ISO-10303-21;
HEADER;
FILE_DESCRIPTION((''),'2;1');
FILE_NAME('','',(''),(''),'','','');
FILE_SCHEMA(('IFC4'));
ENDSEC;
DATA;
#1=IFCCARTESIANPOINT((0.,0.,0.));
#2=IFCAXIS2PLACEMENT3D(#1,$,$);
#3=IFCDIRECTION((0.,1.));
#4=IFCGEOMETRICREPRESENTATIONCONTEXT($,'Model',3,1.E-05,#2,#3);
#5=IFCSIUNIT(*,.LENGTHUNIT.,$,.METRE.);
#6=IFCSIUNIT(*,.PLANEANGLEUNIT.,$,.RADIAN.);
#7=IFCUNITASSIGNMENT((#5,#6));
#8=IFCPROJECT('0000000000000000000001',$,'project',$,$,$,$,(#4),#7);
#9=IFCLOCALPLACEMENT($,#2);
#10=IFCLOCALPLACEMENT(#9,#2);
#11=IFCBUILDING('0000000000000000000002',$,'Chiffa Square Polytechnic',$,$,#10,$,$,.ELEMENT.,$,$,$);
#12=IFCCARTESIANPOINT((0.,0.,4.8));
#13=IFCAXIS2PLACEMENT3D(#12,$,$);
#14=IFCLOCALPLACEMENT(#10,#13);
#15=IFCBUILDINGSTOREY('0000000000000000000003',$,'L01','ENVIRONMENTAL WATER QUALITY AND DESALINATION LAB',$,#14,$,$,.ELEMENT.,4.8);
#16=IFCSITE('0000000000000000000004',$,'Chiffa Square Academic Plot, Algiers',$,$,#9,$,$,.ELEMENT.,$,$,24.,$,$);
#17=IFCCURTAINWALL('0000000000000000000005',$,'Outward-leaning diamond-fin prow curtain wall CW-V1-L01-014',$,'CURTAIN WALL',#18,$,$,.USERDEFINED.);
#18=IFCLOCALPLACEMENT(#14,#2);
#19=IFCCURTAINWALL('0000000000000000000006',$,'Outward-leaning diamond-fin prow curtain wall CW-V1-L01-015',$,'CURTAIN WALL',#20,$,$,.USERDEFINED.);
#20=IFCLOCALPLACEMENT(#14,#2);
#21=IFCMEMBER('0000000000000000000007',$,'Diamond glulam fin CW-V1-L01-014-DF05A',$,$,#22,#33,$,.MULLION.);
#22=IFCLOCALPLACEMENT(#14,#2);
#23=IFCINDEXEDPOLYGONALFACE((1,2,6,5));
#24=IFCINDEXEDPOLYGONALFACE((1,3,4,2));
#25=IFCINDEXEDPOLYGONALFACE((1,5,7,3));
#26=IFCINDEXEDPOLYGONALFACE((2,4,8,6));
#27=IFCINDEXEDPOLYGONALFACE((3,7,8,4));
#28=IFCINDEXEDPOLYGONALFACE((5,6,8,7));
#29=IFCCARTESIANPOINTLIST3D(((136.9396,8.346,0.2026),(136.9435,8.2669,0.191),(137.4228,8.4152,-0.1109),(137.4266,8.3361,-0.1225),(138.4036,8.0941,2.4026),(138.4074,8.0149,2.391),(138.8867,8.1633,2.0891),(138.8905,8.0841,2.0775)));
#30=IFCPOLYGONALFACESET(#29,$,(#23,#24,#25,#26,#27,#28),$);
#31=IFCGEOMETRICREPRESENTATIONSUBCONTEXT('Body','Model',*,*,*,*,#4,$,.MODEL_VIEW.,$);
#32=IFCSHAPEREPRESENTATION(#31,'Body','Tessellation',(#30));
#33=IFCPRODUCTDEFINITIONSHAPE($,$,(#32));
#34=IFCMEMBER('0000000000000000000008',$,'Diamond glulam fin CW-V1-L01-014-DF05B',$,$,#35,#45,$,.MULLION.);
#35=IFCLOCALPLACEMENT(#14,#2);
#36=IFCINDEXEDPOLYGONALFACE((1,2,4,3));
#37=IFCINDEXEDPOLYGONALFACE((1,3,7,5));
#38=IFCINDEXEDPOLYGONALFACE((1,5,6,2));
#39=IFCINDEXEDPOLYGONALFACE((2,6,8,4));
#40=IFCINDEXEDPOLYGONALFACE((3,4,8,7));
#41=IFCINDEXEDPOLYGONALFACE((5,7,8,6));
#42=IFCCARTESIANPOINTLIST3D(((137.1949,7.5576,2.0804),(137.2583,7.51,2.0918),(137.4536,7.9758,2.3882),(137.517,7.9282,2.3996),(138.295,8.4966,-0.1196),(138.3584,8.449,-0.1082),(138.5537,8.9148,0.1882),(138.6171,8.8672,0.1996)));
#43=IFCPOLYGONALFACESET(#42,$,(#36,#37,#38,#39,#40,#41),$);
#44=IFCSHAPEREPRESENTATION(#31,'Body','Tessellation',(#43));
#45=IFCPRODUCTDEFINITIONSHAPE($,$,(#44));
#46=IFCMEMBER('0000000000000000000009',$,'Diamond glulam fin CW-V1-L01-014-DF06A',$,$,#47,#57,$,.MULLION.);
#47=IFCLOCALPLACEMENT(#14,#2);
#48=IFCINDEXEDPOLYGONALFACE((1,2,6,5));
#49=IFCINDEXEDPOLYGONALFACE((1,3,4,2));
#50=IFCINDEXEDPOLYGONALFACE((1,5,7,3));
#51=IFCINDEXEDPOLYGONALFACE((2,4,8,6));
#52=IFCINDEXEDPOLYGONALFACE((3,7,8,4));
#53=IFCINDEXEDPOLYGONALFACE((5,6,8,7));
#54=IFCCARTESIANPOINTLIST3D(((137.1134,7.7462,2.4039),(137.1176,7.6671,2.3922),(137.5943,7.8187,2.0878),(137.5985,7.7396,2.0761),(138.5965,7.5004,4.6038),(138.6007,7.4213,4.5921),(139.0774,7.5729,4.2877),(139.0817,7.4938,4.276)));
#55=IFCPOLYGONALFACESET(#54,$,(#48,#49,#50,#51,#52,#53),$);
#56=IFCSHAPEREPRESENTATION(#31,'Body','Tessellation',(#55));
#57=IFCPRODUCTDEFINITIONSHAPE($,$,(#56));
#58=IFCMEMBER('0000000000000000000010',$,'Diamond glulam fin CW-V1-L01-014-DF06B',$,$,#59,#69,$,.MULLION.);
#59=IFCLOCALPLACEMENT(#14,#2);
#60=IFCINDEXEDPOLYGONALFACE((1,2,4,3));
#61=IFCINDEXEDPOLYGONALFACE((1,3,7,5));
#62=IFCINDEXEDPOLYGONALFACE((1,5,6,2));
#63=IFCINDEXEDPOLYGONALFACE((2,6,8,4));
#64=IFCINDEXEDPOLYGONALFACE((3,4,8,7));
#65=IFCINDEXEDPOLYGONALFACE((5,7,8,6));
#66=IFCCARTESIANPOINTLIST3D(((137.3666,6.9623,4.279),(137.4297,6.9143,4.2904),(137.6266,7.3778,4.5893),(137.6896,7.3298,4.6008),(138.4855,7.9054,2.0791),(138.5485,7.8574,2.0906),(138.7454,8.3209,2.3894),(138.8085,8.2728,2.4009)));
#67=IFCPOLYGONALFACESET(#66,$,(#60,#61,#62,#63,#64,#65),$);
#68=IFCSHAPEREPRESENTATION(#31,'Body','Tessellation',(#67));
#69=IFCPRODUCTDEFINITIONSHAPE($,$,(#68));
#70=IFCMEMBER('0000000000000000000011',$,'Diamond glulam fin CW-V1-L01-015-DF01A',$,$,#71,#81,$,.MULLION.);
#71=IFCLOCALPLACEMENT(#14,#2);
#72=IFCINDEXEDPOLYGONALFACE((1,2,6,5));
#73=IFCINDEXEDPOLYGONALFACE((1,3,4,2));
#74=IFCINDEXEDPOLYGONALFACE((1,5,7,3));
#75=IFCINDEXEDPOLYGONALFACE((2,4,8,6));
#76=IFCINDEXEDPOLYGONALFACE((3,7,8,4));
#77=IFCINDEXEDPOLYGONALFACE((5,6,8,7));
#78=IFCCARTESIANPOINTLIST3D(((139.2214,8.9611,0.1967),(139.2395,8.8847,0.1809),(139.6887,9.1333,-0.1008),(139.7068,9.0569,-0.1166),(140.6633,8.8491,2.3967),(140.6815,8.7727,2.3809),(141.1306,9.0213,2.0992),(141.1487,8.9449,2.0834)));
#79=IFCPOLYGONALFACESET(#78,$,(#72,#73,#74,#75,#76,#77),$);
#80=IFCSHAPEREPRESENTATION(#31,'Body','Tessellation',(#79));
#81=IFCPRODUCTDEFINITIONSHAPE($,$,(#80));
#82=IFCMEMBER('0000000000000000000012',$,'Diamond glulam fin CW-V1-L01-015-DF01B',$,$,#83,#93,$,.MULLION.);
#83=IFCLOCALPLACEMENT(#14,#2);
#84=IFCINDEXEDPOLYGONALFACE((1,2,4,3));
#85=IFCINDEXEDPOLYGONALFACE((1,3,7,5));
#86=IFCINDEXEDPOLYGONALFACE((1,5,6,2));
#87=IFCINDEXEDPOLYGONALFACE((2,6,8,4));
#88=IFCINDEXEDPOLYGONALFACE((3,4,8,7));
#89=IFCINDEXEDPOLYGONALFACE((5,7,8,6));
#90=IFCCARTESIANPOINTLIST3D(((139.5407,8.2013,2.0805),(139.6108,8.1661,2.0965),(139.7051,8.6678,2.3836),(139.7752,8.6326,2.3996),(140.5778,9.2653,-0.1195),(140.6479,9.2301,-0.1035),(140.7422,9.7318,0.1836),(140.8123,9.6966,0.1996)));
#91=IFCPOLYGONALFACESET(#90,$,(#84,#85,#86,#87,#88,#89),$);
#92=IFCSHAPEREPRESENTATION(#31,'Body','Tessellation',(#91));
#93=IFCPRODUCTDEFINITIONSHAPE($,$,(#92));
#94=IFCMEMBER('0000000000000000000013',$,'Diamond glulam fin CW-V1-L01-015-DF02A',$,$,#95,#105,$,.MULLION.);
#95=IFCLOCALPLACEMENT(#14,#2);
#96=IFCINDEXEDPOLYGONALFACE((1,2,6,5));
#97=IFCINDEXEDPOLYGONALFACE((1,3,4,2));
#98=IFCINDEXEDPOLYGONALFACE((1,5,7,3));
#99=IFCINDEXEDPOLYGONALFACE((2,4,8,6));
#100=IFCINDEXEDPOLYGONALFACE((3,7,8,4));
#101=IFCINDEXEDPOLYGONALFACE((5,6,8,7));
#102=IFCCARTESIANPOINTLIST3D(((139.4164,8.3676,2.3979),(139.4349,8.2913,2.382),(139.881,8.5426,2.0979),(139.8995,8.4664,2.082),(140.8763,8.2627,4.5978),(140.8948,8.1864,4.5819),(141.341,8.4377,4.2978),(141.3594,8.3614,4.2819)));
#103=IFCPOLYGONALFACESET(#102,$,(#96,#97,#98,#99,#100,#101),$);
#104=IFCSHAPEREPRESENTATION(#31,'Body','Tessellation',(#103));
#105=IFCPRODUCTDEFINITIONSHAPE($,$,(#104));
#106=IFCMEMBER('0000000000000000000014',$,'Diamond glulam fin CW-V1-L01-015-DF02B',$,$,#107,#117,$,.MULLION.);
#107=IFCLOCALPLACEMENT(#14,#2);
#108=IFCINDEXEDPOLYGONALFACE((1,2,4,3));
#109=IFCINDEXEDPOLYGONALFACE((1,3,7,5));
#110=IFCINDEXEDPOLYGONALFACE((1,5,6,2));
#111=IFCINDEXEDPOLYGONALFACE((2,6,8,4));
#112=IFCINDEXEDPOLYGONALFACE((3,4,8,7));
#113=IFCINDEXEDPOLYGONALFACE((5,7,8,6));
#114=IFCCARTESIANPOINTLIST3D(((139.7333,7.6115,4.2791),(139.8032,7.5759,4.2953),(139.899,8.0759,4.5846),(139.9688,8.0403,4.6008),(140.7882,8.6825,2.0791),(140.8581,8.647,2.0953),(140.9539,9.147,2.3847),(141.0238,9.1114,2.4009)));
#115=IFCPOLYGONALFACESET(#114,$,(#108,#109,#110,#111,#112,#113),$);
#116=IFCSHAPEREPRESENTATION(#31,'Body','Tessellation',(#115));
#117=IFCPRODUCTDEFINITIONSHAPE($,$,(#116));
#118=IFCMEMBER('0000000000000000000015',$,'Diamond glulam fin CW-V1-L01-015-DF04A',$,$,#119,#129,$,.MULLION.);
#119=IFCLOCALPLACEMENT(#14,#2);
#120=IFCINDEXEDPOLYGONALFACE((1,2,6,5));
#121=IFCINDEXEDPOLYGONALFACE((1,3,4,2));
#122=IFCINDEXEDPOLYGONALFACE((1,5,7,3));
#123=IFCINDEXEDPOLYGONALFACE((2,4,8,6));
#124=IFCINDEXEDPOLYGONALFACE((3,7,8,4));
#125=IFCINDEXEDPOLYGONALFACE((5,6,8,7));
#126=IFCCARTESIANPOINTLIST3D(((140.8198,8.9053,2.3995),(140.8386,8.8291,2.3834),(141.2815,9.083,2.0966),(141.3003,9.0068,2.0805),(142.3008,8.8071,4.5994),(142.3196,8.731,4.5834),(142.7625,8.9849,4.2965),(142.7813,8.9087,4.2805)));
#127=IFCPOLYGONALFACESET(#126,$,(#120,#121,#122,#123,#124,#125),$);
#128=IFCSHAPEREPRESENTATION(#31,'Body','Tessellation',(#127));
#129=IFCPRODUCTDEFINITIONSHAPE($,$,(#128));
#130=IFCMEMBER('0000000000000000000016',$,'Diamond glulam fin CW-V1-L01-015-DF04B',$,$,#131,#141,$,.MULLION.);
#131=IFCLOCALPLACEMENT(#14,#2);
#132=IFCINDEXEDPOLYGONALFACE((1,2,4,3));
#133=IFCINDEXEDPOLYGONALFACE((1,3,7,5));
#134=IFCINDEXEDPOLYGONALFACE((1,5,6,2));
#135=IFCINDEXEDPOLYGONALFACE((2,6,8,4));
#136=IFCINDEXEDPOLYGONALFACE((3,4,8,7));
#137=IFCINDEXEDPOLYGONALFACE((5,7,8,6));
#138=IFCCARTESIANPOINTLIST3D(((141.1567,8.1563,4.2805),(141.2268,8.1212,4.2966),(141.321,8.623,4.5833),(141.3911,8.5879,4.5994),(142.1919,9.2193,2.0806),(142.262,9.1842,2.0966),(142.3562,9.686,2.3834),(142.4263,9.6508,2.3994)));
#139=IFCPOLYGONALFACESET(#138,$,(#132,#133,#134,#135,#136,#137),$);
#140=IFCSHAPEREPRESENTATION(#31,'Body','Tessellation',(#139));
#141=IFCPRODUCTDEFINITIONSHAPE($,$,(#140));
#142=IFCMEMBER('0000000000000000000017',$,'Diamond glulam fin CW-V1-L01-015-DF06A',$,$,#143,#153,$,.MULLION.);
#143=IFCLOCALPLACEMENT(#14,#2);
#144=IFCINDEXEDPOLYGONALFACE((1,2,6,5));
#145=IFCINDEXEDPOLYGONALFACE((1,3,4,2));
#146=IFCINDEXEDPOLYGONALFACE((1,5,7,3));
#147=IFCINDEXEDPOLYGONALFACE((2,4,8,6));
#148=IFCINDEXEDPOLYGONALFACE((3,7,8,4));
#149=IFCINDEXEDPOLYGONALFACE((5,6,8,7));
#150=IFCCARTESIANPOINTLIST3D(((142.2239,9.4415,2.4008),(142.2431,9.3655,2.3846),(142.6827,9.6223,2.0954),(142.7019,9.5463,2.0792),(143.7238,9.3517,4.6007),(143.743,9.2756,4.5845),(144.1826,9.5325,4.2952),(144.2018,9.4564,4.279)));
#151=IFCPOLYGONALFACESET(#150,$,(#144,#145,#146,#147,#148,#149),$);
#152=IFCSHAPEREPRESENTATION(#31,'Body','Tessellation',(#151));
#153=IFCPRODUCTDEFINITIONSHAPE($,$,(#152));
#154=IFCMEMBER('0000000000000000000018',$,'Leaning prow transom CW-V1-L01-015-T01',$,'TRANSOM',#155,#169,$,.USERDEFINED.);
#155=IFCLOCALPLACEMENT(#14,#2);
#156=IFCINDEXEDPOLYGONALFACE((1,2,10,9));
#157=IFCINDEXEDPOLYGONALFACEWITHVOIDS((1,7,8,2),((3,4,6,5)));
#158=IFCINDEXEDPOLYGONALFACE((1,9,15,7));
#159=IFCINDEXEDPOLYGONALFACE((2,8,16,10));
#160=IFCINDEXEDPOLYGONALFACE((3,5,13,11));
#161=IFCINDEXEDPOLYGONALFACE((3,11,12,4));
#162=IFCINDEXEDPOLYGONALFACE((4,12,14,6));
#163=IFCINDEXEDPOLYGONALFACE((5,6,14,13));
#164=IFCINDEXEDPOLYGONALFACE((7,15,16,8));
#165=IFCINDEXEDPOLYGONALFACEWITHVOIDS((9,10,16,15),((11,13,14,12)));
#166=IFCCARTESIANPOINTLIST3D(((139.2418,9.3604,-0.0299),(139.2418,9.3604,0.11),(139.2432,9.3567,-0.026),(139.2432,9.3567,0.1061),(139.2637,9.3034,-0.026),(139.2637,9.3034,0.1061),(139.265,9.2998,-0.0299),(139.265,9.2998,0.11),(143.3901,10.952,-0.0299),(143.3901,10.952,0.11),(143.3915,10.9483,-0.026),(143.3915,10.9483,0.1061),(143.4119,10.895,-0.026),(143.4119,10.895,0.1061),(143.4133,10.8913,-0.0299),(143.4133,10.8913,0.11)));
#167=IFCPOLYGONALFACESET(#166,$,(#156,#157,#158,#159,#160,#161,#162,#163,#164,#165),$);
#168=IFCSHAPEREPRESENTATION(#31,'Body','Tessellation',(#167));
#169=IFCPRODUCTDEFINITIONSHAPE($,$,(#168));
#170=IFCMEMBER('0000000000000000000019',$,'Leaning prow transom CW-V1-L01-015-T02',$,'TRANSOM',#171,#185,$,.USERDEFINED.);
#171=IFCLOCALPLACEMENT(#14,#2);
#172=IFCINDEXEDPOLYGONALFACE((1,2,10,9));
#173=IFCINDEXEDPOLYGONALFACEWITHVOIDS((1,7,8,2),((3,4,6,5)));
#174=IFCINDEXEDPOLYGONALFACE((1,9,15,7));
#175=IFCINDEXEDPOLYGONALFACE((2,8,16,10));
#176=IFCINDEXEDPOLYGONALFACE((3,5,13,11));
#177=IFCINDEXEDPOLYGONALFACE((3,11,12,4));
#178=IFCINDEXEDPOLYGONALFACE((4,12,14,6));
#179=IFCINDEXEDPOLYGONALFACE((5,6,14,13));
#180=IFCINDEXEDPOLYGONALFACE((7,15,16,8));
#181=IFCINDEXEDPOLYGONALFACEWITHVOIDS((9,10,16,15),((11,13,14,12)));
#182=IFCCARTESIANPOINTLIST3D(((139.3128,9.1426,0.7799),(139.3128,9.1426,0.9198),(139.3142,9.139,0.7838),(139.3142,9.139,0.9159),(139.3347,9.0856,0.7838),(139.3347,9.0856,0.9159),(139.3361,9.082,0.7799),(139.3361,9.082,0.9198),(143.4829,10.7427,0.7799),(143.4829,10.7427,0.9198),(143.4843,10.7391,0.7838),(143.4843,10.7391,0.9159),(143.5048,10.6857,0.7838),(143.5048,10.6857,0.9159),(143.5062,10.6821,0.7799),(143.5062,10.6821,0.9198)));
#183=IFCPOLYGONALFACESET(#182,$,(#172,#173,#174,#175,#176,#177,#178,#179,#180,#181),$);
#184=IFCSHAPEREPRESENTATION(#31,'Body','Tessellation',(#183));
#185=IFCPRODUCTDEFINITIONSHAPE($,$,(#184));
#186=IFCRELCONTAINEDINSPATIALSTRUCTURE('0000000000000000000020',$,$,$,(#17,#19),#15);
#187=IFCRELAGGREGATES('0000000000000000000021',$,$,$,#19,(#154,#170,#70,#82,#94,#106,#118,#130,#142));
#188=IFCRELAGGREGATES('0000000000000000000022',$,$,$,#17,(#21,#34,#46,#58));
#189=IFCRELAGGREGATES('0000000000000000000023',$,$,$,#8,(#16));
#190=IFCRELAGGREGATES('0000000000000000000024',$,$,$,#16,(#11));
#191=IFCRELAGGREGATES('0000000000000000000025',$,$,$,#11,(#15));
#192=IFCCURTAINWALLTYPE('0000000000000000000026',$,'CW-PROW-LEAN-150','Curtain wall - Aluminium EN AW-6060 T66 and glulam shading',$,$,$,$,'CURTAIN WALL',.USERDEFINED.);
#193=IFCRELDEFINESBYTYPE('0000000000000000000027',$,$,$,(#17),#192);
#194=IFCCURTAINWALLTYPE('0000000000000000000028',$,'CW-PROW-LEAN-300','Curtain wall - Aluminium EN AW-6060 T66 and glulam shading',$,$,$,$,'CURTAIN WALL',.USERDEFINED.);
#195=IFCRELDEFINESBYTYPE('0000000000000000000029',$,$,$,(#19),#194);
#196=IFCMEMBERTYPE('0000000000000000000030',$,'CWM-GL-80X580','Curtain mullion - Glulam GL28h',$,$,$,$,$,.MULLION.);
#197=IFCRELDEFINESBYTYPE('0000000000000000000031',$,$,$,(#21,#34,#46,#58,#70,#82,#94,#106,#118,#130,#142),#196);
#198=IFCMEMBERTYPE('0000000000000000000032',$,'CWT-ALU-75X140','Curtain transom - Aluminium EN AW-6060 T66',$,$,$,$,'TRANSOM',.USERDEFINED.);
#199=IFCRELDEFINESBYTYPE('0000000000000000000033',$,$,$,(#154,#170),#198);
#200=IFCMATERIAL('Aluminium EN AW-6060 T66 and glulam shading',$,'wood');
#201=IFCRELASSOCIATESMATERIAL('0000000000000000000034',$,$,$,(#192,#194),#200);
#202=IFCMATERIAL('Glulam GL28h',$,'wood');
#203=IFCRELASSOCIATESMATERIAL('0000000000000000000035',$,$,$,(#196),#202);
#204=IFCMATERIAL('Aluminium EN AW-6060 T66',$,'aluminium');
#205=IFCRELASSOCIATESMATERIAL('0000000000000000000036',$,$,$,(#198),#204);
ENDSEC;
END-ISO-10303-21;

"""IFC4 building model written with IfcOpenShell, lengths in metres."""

from ifc_helpers import new_model, si_unit, direction, frame, origin, origin_2d, place, context, subcontext, project, spatial, rectangle, hollow_rectangle, extrude, material, material_profile, profile_set, type_object, element, aggregate, save


model = new_model("IFC4")

# Units and contexts
model_context = context("Model", 3, precision=1e-05, world=origin(), true_north=direction((0.0, 1.0)))
body_context = subcontext(model_context, "Body", "Model", "MODEL_VIEW")
ifc_project = project(units=[si_unit("LENGTHUNIT", "METRE"), si_unit("PLANEANGLEUNIT", "RADIAN")], contexts=[model_context])

# Site, building, storey
site_placement = place(None, origin())
site = spatial("IfcSite", under=ifc_project, at=site_placement, Name="Chiffa Square Academic Plot, Algiers", CompositionType="ELEMENT", RefElevation=24.0)
building_placement = place(site_placement, origin())
building = spatial("IfcBuilding", under=site, at=building_placement, Name="Chiffa Square Polytechnic", CompositionType="ELEMENT")
storey_placement = place(building_placement, frame((0.0, 0.0, 4.8)))
storey = spatial("IfcBuildingStorey", under=building, at=storey_placement, Name="L01", Description="ENVIRONMENTAL WATER QUALITY AND DESALINATION LAB", CompositionType="ELEMENT", Elevation=4.8)

# Curtain walls
ifc_material_1 = material(Name="Aluminium EN AW-6060 T66 and glulam shading", Category="wood")
curtain_wall_type_1 = type_object("IfcCurtainWallType", Name="CW-PROW-LEAN-150", Description="Curtain wall - Aluminium EN AW-6060 T66 and glulam shading", ElementType="CURTAIN WALL", PredefinedType="USERDEFINED", material=ifc_material_1)
curtain_wall_1_placement = place(storey_placement, origin())
curtain_wall_1 = element("IfcCurtainWall", 1, at=curtain_wall_1_placement, inside=storey, type_object=curtain_wall_type_1, Name="Outward-leaning diamond-fin prow curtain wall CW-V1-L01-014", ObjectType="CURTAIN WALL", PredefinedType="USERDEFINED")
ifc_material_2 = material(Name="Aluminium EN AW-6060 T66", Category="aluminium")
curtain_wall_type_2 = type_object("IfcCurtainWallType", Name="CW-PROW-LEAN-300", Description="Curtain wall - Aluminium EN AW-6060 T66 and glulam shading", ElementType="CURTAIN WALL", PredefinedType="USERDEFINED", material=ifc_material_1)
curtain_wall_2_placement = place(storey_placement, origin())
curtain_wall_2 = element("IfcCurtainWall", 2, at=curtain_wall_2_placement, inside=storey, type_object=curtain_wall_type_2, Name="Outward-leaning diamond-fin prow curtain wall CW-V1-L01-015", ObjectType="CURTAIN WALL", PredefinedType="USERDEFINED")

# Members
ifc_material_3 = material(Name="Glulam GL28h", Category="wood")
ifc_material_profile_1 = material_profile(ifc_material_3, rectangle(XDim=0.0801, YDim=0.5801, at=origin_2d()), Name="GL28h 80x580")
ifc_profile_set_1 = profile_set([ifc_material_profile_1], Name="Glulam GL28h")
member_type_1 = type_object("IfcMemberType", Name="CWM-GL-80X580", Description="Curtain mullion - Glulam GL28h", PredefinedType="MULLION", material=ifc_profile_set_1)
member_1_placement = place(storey_placement, frame((137.1831, 8.3411, 0.04), z_axis=(0.551474, -0.094917, 0.828775), x_axis=(-0.047553, 0.988313, 0.144831)))
member_1 = element("IfcMember", 3, at=member_1_placement, type_object=member_type_1, Name="Diamond glulam fin CW-V1-L01-014-DF05A", PredefinedType="MULLION", context=body_context, shape_type="SweptSolid", body=[
    extrude(rectangle(XDim=0.0801, YDim=0.5801, at=origin_2d()), origin(), (0.0, 0.0, 1.0), 2.6545),
])
member_2_placement = place(storey_placement, frame((138.4561, 8.6819, 0.04), z_axis=(-0.417843, -0.356641, 0.835593), x_axis=(0.79158, -0.594294, 0.142182)))
member_2 = element("IfcMember", 4, at=member_2_placement, type_object=member_type_1, Name="Diamond glulam fin CW-V1-L01-014-DF05B", PredefinedType="MULLION", context=body_context, shape_type="SweptSolid", body=[
    extrude(rectangle(XDim=0.0801, YDim=0.5801, at=origin_2d()), origin(), (0.0, 0.0, 1.0), 2.6328),
])
member_3_placement = place(storey_placement, frame((137.356, 7.7429, 2.24), z_axis=(0.556619, -0.092266, 0.825628), x_axis=(-0.052854, 0.987867, 0.146029)))
member_3 = element("IfcMember", 5, at=member_3_placement, type_object=member_type_1, Name="Diamond glulam fin CW-V1-L01-014-DF06A", PredefinedType="MULLION", context=body_context, shape_type="SweptSolid", body=[
    extrude(rectangle(XDim=0.0801, YDim=0.5801, at=origin_2d()), origin(), (0.0, 0.0, 1.0), 2.6646),
])
member_4_placement = place(storey_placement, frame((138.647, 8.0891, 2.24), z_axis=(-0.423473, -0.356944, 0.832623), x_axis=(0.787303, -0.599672, 0.143344)))
member_4 = element("IfcMember", 6, at=member_4_placement, type_object=member_type_1, Name="Diamond glulam fin CW-V1-L01-014-DF06B", PredefinedType="MULLION", context=body_context, shape_type="SweptSolid", body=[
    extrude(rectangle(XDim=0.0801, YDim=0.5801, at=origin_2d()), origin(), (0.0, 0.0, 1.0), 2.6421),
])
member_5_placement = place(storey_placement, frame((139.4641, 9.009, 0.04), z_axis=(0.547675, -0.042564, 0.835608), x_axis=(-0.226217, 0.953977, 0.196861)))
member_5 = element("IfcMember", 7, at=member_5_placement, type_object=member_type_1, Name="Diamond glulam fin CW-V1-L01-015-DF01A", PredefinedType="MULLION", context=body_context, shape_type="SweptSolid", body=[
    extrude(rectangle(XDim=0.0801, YDim=0.5801, at=origin_2d()), origin(), (0.0, 0.0, 1.0), 2.6328),
])
member_6_placement = place(storey_placement, frame((140.6951, 9.481, 0.04), z_axis=(-0.39067, -0.400786, 0.828702), x_axis=(0.87582, -0.438986, 0.200575)))
member_6 = element("IfcMember", 8, at=member_6_placement, type_object=member_type_1, Name="Diamond glulam fin CW-V1-L01-015-DF01B", PredefinedType="MULLION", context=body_context, shape_type="SweptSolid", body=[
    extrude(rectangle(XDim=0.0801, YDim=0.5801, at=origin_2d()), origin(), (0.0, 0.0, 1.0), 2.6548),
])
member_7_placement = place(storey_placement, frame((139.658, 8.417, 2.24), z_axis=(0.552513, -0.039729, 0.832557), x_axis=(-0.230636, 0.952575, 0.198514)))
member_7 = element("IfcMember", 9, at=member_7_placement, type_object=member_type_1, Name="Diamond glulam fin CW-V1-L01-015-DF02A", PredefinedType="MULLION", context=body_context, shape_type="SweptSolid", body=[
    extrude(rectangle(XDim=0.0801, YDim=0.5801, at=origin_2d()), origin(), (0.0, 0.0, 1.0), 2.6423),
])
member_8_placement = place(storey_placement, frame((140.906, 8.897, 2.24), z_axis=(-0.395914, -0.401962, 0.825638), x_axis=(0.872754, -0.444319, 0.202191)))
member_8 = element("IfcMember", 10, at=member_8_placement, type_object=member_type_1, Name="Diamond glulam fin CW-V1-L01-015-DF02B", PredefinedType="MULLION", context=body_context, shape_type="SweptSolid", body=[
    extrude(rectangle(XDim=0.0801, YDim=0.5801, at=origin_2d()), origin(), (0.0, 0.0, 1.0), 2.6646),
])
member_9_placement = place(storey_placement, frame((141.0601, 8.9561, 2.24), z_axis=(0.558052, -0.036983, 0.828982), x_axis=(-0.234696, 0.951182, 0.200426)))
member_9 = element("IfcMember", 11, at=member_9_placement, type_object=member_type_1, Name="Diamond glulam fin CW-V1-L01-015-DF04A", PredefinedType="MULLION", context=body_context, shape_type="SweptSolid", body=[
    extrude(rectangle(XDim=0.0801, YDim=0.5801, at=origin_2d()), origin(), (0.0, 0.0, 1.0), 2.6538),
])
member_10_placement = place(storey_placement, frame((142.3091, 9.4351, 2.24), z_axis=(-0.390104, -0.400592, 0.829063), x_axis=(0.876122, -0.438471, 0.200384)))
member_10 = element("IfcMember", 12, at=member_10_placement, type_object=member_type_1, Name="Diamond glulam fin CW-V1-L01-015-DF04B", PredefinedType="MULLION", context=body_context, shape_type="SweptSolid", body=[
    extrude(rectangle(XDim=0.0801, YDim=0.5801, at=origin_2d()), origin(), (0.0, 0.0, 1.0), 2.6536),
])
member_11_placement = place(storey_placement, frame((142.4629, 9.4939, 2.24), z_axis=(0.563025, -0.033723, 0.825752), x_axis=(-0.239576, 0.949603, 0.202132)))
member_11 = element("IfcMember", 13, at=member_11_placement, type_object=member_type_1, Name="Diamond glulam fin CW-V1-L01-015-DF06A", PredefinedType="MULLION", context=body_context, shape_type="SweptSolid", body=[
    extrude(rectangle(XDim=0.0801, YDim=0.5801, at=origin_2d()), origin(), (0.0, 0.0, 1.0), 2.6641),
])
ifc_material_profile_2 = material_profile(ifc_material_2, hollow_rectangle(XDim=0.0649, YDim=0.1399, WallThickness=0.0039, at=origin_2d()), Name="ALU 65x140x4")
ifc_profile_set_2 = profile_set([ifc_material_profile_2], Name="Aluminium EN AW-6060 T66")
member_type_2 = type_object("IfcMemberType", Name="CWT-ALU-75X140", Description="Curtain transom - Aluminium EN AW-6060 T66", ElementType="TRANSOM", PredefinedType="USERDEFINED", material=ifc_profile_set_2)
member_12_placement = place(storey_placement, frame((139.2534, 9.3301, 0.04), z_axis=(0.93364, 0.358213, 0.0), x_axis=(-0.358213, 0.93364, 0.0)))
member_12 = element("IfcMember", 14, at=member_12_placement, type_object=member_type_2, Name="Leaning prow transom CW-V1-L01-015-T01", ObjectType="TRANSOM", PredefinedType="USERDEFINED", context=body_context, shape_type="SweptSolid", body=[
    extrude(hollow_rectangle(XDim=0.0649, YDim=0.1399, WallThickness=0.0039, at=origin_2d()), origin(), (0.0, 0.0, 1.0), 4.4431),
])
member_13_placement = place(storey_placement, frame((139.3245, 9.1123, 0.8499), z_axis=(0.933631, 0.358235, 0.0), x_axis=(-0.358235, 0.933631, 0.0)))
member_13 = element("IfcMember", 15, at=member_13_placement, type_object=member_type_2, Name="Leaning prow transom CW-V1-L01-015-T02", ObjectType="TRANSOM", PredefinedType="USERDEFINED", context=body_context, shape_type="SweptSolid", body=[
    extrude(hollow_rectangle(XDim=0.0649, YDim=0.1399, WallThickness=0.0039, at=origin_2d()), origin(), (0.0, 0.0, 1.0), 4.4666),
])

aggregate(curtain_wall_2, [member_12, member_13, member_5, member_6, member_7, member_8, member_9, member_10, member_11])
aggregate(curtain_wall_1, [member_1, member_2, member_3, member_4])

save(model, "model.ifc")
